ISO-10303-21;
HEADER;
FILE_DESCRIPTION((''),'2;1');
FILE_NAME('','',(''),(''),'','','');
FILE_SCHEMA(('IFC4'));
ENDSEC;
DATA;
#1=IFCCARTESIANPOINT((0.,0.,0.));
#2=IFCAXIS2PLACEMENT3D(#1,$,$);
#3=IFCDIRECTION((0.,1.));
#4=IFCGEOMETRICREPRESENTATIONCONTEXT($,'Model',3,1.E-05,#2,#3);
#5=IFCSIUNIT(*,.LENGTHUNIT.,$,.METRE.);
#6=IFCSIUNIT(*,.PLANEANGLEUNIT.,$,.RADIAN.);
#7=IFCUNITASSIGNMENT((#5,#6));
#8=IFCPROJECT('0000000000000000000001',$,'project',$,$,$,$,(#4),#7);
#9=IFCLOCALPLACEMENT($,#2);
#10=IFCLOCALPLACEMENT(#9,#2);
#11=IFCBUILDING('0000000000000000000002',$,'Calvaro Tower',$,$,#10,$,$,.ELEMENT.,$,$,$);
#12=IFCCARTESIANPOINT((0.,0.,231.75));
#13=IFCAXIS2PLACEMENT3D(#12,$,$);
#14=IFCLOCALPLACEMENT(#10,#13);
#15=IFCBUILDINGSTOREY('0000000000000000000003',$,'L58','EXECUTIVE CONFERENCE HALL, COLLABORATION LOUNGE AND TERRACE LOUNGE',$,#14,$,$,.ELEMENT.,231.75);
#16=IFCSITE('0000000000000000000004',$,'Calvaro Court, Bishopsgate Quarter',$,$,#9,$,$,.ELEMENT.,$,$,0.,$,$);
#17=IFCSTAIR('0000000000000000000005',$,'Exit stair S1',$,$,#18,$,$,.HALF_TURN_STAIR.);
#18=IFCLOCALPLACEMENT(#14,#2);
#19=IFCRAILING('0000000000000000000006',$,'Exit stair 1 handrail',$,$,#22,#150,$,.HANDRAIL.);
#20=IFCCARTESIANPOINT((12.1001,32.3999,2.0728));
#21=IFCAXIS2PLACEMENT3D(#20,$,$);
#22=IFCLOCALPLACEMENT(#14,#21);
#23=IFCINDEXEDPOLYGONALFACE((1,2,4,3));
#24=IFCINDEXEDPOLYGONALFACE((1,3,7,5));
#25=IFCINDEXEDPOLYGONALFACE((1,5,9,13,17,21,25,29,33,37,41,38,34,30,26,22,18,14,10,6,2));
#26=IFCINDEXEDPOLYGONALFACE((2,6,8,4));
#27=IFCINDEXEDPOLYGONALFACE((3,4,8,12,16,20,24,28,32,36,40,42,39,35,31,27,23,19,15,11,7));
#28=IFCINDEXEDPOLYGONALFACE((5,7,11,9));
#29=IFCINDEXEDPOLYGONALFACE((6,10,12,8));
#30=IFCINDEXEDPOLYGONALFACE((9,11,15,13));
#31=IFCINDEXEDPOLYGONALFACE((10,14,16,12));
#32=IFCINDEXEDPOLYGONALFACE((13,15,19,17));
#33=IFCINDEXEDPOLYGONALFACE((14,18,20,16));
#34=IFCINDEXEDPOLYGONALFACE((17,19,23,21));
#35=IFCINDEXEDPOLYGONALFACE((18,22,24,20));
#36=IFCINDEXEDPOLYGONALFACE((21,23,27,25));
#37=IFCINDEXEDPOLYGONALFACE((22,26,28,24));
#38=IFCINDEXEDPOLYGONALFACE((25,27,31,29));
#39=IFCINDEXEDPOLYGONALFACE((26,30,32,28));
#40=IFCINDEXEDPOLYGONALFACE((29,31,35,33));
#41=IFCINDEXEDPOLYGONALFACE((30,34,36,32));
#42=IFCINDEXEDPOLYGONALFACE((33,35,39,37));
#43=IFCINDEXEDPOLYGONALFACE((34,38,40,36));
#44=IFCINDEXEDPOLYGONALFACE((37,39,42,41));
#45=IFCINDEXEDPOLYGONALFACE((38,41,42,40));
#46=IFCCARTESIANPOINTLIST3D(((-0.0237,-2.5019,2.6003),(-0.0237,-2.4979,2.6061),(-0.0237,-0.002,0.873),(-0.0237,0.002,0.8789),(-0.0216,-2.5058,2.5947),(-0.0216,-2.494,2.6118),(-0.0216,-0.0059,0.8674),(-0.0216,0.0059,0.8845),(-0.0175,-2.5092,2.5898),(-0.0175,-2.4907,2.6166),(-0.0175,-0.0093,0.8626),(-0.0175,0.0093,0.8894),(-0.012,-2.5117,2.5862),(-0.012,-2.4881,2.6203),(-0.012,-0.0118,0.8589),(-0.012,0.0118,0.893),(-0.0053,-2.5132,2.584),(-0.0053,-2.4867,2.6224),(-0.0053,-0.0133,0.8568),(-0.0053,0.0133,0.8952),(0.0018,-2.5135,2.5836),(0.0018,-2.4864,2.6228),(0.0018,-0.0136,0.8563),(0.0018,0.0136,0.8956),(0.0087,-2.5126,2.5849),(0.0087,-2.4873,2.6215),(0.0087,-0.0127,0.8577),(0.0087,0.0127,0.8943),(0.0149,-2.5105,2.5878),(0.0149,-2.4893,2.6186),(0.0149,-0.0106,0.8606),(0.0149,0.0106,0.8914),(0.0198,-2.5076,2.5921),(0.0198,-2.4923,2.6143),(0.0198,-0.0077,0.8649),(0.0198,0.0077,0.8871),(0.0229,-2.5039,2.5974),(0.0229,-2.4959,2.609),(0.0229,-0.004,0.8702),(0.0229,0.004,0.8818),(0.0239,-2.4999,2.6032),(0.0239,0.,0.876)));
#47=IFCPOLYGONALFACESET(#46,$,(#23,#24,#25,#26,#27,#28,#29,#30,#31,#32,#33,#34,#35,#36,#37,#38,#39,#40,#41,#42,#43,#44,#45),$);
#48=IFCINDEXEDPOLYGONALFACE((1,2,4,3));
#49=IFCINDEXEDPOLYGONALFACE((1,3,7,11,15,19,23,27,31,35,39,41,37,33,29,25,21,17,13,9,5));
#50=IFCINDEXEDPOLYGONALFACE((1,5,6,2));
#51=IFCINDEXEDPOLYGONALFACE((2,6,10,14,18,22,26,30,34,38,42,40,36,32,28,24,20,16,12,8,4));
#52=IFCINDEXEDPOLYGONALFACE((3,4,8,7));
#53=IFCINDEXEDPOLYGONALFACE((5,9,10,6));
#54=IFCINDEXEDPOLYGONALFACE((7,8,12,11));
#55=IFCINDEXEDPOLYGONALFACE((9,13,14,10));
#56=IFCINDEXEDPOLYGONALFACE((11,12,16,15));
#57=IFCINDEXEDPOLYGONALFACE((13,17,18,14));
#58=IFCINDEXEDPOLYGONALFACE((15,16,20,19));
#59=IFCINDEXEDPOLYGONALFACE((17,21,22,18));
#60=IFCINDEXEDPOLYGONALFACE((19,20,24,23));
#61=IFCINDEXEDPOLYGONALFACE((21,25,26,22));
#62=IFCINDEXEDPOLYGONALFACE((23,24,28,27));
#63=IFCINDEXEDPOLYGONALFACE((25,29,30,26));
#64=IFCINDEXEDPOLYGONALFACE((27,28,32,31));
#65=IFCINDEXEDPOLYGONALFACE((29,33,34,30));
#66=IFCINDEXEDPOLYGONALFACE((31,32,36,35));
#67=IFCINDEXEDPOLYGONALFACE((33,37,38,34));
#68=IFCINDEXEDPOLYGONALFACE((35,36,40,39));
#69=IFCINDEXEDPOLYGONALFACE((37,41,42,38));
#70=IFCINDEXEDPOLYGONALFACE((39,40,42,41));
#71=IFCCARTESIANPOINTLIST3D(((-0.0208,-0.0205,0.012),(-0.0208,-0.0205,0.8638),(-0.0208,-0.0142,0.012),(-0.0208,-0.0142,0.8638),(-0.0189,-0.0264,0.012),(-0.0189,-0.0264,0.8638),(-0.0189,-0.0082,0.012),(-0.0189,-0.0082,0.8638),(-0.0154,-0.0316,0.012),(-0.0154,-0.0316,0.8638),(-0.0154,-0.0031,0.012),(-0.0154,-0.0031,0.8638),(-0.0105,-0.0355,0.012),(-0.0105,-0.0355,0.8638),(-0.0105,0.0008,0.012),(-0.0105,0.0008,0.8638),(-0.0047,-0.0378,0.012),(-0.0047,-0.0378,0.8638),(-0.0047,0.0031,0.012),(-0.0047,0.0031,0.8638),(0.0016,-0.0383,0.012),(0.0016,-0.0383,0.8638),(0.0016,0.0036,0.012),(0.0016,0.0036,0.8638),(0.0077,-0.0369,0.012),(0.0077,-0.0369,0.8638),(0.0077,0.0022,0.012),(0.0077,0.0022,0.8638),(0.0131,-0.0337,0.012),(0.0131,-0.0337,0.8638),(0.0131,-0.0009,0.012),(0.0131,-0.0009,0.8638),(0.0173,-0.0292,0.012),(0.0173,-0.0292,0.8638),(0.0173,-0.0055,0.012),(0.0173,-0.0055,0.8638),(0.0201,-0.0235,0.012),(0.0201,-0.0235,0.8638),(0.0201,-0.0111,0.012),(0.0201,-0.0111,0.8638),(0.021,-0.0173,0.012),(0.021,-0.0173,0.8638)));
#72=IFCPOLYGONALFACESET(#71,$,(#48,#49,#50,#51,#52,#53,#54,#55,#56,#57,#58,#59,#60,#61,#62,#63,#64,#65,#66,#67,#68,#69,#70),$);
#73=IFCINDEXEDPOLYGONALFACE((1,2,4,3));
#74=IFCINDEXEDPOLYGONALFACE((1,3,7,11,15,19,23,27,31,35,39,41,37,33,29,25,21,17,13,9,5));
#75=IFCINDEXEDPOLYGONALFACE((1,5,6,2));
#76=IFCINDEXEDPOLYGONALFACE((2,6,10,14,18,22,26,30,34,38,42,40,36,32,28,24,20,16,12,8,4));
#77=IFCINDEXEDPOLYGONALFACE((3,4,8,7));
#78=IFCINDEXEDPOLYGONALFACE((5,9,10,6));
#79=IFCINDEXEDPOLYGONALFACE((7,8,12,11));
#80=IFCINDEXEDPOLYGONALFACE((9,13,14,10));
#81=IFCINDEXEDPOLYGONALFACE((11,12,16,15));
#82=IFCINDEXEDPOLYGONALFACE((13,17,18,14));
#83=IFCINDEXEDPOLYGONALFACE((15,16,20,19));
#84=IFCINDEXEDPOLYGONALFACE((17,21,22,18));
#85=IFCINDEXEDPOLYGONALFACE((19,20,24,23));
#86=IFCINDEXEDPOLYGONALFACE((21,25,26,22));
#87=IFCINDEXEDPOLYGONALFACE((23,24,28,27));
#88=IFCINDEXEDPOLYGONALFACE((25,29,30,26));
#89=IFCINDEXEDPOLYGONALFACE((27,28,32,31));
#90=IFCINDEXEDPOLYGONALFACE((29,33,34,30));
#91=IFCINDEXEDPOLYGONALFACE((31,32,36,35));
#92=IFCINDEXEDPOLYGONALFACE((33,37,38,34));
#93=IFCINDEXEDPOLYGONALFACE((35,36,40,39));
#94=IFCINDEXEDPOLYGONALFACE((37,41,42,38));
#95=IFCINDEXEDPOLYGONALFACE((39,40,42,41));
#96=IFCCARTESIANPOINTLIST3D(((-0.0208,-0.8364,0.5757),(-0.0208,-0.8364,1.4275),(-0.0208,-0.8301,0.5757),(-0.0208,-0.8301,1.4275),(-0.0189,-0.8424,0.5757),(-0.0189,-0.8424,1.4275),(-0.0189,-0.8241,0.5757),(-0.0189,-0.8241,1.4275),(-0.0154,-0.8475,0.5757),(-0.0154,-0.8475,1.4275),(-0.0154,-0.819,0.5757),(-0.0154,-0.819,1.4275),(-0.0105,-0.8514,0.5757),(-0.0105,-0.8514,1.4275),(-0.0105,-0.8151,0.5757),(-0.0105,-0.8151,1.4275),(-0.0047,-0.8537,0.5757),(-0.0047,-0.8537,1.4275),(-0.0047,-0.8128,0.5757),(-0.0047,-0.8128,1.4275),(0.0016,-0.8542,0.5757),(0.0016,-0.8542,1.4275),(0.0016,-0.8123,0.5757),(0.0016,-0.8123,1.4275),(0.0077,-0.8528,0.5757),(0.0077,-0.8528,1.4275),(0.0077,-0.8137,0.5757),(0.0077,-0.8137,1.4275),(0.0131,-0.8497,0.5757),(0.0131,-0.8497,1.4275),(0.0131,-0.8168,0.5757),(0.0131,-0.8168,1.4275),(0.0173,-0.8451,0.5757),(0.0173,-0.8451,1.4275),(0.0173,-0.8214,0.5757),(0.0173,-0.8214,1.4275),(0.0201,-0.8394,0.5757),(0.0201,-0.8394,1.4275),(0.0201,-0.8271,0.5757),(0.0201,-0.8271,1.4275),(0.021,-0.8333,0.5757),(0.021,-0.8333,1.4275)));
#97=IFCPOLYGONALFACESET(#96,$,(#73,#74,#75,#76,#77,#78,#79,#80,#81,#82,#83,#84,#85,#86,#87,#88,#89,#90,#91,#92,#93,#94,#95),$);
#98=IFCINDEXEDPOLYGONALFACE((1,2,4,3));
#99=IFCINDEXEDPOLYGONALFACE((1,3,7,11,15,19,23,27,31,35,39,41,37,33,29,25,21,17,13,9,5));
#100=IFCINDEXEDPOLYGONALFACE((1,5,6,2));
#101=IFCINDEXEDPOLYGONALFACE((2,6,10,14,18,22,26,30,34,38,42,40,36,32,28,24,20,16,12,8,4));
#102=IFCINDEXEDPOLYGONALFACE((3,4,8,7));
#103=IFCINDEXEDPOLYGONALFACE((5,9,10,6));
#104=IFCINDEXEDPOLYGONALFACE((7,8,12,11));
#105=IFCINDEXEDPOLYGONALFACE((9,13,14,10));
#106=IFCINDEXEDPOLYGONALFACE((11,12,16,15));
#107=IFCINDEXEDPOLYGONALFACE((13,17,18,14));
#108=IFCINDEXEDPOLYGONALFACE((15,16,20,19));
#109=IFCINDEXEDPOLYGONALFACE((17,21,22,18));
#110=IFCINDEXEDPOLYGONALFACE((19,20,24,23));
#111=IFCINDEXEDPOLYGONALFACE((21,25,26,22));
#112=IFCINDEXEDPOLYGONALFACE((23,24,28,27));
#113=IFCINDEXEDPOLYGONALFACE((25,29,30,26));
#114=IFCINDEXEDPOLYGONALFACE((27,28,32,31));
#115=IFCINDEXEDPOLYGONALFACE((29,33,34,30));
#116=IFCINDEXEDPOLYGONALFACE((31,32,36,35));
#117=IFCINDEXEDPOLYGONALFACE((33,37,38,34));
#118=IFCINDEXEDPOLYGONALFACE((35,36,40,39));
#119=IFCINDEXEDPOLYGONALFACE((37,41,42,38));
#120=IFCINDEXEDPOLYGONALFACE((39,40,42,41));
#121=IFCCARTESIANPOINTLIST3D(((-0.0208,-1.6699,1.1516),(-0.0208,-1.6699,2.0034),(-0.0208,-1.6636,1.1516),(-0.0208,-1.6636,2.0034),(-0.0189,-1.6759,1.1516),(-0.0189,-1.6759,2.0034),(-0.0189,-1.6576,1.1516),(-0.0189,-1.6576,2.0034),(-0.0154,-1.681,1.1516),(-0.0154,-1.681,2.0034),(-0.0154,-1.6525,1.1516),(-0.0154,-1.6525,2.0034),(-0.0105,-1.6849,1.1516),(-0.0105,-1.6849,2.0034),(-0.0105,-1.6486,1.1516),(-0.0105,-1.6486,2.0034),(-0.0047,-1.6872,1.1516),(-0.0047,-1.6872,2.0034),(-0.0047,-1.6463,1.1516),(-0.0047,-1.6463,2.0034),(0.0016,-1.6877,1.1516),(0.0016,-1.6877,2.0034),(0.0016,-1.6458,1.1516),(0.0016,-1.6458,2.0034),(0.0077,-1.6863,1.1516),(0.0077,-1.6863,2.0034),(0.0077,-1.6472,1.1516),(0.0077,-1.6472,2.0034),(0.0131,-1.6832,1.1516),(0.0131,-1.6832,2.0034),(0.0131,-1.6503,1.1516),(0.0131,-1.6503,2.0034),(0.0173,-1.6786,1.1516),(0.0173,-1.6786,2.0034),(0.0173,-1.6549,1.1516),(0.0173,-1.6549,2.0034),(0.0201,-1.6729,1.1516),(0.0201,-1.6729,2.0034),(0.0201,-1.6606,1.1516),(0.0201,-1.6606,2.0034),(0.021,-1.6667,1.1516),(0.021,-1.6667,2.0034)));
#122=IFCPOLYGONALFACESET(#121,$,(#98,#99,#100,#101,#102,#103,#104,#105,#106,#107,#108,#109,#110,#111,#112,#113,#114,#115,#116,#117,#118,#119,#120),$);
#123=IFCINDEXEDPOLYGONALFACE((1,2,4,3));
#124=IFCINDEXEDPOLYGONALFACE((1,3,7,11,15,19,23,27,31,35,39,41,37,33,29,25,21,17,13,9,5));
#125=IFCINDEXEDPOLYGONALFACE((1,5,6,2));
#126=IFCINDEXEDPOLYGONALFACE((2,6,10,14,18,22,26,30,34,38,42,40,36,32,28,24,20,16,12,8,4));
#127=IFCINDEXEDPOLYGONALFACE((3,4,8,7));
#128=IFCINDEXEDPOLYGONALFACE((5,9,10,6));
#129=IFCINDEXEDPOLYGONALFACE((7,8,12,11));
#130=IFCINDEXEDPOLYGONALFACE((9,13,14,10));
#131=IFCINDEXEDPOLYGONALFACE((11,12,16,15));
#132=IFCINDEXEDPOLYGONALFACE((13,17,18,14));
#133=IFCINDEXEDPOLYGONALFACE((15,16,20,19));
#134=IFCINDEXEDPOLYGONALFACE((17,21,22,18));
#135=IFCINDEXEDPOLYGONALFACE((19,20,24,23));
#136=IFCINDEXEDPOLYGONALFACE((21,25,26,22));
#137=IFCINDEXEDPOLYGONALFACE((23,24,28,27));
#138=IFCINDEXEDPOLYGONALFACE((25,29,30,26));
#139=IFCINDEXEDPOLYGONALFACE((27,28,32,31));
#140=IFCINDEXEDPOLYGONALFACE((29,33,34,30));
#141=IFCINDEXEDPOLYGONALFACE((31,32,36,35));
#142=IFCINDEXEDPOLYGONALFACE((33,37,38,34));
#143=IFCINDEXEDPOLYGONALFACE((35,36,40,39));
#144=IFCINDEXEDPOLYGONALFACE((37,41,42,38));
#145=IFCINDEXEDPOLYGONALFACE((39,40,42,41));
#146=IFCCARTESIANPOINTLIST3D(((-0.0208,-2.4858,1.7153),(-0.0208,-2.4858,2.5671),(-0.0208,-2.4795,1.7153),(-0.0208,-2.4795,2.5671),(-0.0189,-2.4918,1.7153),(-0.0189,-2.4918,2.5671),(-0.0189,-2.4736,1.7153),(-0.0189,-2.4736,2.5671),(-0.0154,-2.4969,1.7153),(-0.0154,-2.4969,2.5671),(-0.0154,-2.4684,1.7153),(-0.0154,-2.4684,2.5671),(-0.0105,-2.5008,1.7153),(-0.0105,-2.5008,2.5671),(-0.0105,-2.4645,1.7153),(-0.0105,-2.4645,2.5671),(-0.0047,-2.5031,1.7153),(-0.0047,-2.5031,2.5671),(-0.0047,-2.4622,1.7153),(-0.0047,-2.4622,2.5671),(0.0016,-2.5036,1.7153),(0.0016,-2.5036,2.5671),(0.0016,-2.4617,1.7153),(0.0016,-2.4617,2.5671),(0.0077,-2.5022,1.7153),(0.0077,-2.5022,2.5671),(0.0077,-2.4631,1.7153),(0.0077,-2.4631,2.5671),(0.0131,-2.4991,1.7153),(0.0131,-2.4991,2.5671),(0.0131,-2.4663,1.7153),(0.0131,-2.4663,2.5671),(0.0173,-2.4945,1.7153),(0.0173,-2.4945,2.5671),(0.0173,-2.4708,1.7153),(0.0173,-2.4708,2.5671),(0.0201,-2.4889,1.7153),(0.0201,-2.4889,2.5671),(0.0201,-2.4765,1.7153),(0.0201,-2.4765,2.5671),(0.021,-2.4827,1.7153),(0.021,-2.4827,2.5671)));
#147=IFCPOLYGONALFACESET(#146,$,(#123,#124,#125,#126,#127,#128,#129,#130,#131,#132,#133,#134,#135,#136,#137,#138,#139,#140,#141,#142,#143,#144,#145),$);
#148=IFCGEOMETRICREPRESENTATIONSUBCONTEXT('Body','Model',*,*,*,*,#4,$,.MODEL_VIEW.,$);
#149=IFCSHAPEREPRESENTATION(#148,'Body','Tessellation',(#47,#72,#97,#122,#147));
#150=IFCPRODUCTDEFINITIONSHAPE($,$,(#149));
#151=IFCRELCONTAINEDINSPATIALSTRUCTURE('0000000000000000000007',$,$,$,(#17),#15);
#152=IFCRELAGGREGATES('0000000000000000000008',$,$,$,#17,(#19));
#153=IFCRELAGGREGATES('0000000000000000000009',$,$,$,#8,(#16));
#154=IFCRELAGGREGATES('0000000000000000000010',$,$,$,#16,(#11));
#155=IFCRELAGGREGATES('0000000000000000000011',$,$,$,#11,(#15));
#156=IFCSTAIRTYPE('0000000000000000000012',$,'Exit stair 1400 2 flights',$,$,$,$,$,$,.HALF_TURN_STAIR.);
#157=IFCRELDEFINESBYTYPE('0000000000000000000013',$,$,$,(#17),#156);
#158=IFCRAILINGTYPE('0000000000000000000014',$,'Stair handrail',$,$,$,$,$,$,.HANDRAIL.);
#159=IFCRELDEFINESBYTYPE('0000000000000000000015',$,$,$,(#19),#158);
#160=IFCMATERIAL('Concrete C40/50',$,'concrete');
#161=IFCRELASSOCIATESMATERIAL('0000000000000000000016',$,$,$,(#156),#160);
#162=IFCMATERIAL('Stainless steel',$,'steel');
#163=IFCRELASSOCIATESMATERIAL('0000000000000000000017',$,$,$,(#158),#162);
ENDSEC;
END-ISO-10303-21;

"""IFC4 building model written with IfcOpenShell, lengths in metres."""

from ifc_helpers import new_model, si_unit, direction, frame, origin, origin_2d, place, context, subcontext, project, spatial, circle, extrude, material, type_object, element, aggregate, save


model = new_model("IFC4")

# Units and contexts
model_context = context("Model", 3, precision=1e-05, world=origin(), true_north=direction((0.0, 1.0)))
body_context = subcontext(model_context, "Body", "Model", "MODEL_VIEW")
ifc_project = project(units=[si_unit("LENGTHUNIT", "METRE"), si_unit("PLANEANGLEUNIT", "RADIAN")], contexts=[model_context])

# Site, building, storey
site_placement = place(None, origin())
site = spatial("IfcSite", under=ifc_project, at=site_placement, Name="Calvaro Court, Bishopsgate Quarter", CompositionType="ELEMENT", RefElevation=0.0)
building_placement = place(site_placement, origin())
building = spatial("IfcBuilding", under=site, at=building_placement, Name="Calvaro Tower", CompositionType="ELEMENT")
storey_placement = place(building_placement, frame((0.0, 0.0, 231.75)))
storey = spatial("IfcBuildingStorey", under=building, at=storey_placement, Name="L58", Description="EXECUTIVE CONFERENCE HALL, COLLABORATION LOUNGE AND TERRACE LOUNGE", CompositionType="ELEMENT", Elevation=231.75)

# Stair, railing
ifc_material_1 = material(Name="Concrete C40/50", Category="concrete")
stair_type = type_object("IfcStairType", Name="Exit stair 1400 2 flights", PredefinedType="HALF_TURN_STAIR", material=ifc_material_1)
stair_placement = place(storey_placement, origin())
stair = element("IfcStair", 1, at=stair_placement, inside=storey, type_object=stair_type, Name="Exit stair S1", PredefinedType="HALF_TURN_STAIR")
ifc_material_2 = material(Name="Stainless steel", Category="steel")
railing_type = type_object("IfcRailingType", Name="Stair handrail", PredefinedType="HANDRAIL", material=ifc_material_2)
railing_1_placement = place(storey_placement, frame((12.1001, 32.3999, 2.0728)))
railing_1 = element("IfcRailing", 2, at=railing_1_placement, type_object=railing_type, Name="Exit stair 1 handrail", PredefinedType="HANDRAIL", context=body_context, shape_type="SweptSolid", body=[
    extrude(circle(Radius=0.0239, at=origin_2d()), frame((0.0, 0.0, 0.876), z_axis=(0.0, -0.822727, 0.568437), x_axis=(1.0, 0.0, 0.0)), (0.0, 0.0, 1.0), 3.0386),
    extrude(circle(Radius=0.021, at=origin_2d()), frame((0.0, -0.0173, 0.012)), (0.0, 0.0, 1.0), 0.8518),
    extrude(circle(Radius=0.021, at=origin_2d()), frame((0.0, -0.8333, 0.5757)), (0.0, 0.0, 1.0), 0.8518),
    extrude(circle(Radius=0.021, at=origin_2d()), frame((0.0, -1.6667, 1.1516)), (0.0, 0.0, 1.0), 0.8518),
    extrude(circle(Radius=0.021, at=origin_2d()), frame((0.0, -2.4827, 1.7153)), (0.0, 0.0, 1.0), 0.8518),
])
aggregate(stair, [railing_1])

save(model, "model.ifc")
